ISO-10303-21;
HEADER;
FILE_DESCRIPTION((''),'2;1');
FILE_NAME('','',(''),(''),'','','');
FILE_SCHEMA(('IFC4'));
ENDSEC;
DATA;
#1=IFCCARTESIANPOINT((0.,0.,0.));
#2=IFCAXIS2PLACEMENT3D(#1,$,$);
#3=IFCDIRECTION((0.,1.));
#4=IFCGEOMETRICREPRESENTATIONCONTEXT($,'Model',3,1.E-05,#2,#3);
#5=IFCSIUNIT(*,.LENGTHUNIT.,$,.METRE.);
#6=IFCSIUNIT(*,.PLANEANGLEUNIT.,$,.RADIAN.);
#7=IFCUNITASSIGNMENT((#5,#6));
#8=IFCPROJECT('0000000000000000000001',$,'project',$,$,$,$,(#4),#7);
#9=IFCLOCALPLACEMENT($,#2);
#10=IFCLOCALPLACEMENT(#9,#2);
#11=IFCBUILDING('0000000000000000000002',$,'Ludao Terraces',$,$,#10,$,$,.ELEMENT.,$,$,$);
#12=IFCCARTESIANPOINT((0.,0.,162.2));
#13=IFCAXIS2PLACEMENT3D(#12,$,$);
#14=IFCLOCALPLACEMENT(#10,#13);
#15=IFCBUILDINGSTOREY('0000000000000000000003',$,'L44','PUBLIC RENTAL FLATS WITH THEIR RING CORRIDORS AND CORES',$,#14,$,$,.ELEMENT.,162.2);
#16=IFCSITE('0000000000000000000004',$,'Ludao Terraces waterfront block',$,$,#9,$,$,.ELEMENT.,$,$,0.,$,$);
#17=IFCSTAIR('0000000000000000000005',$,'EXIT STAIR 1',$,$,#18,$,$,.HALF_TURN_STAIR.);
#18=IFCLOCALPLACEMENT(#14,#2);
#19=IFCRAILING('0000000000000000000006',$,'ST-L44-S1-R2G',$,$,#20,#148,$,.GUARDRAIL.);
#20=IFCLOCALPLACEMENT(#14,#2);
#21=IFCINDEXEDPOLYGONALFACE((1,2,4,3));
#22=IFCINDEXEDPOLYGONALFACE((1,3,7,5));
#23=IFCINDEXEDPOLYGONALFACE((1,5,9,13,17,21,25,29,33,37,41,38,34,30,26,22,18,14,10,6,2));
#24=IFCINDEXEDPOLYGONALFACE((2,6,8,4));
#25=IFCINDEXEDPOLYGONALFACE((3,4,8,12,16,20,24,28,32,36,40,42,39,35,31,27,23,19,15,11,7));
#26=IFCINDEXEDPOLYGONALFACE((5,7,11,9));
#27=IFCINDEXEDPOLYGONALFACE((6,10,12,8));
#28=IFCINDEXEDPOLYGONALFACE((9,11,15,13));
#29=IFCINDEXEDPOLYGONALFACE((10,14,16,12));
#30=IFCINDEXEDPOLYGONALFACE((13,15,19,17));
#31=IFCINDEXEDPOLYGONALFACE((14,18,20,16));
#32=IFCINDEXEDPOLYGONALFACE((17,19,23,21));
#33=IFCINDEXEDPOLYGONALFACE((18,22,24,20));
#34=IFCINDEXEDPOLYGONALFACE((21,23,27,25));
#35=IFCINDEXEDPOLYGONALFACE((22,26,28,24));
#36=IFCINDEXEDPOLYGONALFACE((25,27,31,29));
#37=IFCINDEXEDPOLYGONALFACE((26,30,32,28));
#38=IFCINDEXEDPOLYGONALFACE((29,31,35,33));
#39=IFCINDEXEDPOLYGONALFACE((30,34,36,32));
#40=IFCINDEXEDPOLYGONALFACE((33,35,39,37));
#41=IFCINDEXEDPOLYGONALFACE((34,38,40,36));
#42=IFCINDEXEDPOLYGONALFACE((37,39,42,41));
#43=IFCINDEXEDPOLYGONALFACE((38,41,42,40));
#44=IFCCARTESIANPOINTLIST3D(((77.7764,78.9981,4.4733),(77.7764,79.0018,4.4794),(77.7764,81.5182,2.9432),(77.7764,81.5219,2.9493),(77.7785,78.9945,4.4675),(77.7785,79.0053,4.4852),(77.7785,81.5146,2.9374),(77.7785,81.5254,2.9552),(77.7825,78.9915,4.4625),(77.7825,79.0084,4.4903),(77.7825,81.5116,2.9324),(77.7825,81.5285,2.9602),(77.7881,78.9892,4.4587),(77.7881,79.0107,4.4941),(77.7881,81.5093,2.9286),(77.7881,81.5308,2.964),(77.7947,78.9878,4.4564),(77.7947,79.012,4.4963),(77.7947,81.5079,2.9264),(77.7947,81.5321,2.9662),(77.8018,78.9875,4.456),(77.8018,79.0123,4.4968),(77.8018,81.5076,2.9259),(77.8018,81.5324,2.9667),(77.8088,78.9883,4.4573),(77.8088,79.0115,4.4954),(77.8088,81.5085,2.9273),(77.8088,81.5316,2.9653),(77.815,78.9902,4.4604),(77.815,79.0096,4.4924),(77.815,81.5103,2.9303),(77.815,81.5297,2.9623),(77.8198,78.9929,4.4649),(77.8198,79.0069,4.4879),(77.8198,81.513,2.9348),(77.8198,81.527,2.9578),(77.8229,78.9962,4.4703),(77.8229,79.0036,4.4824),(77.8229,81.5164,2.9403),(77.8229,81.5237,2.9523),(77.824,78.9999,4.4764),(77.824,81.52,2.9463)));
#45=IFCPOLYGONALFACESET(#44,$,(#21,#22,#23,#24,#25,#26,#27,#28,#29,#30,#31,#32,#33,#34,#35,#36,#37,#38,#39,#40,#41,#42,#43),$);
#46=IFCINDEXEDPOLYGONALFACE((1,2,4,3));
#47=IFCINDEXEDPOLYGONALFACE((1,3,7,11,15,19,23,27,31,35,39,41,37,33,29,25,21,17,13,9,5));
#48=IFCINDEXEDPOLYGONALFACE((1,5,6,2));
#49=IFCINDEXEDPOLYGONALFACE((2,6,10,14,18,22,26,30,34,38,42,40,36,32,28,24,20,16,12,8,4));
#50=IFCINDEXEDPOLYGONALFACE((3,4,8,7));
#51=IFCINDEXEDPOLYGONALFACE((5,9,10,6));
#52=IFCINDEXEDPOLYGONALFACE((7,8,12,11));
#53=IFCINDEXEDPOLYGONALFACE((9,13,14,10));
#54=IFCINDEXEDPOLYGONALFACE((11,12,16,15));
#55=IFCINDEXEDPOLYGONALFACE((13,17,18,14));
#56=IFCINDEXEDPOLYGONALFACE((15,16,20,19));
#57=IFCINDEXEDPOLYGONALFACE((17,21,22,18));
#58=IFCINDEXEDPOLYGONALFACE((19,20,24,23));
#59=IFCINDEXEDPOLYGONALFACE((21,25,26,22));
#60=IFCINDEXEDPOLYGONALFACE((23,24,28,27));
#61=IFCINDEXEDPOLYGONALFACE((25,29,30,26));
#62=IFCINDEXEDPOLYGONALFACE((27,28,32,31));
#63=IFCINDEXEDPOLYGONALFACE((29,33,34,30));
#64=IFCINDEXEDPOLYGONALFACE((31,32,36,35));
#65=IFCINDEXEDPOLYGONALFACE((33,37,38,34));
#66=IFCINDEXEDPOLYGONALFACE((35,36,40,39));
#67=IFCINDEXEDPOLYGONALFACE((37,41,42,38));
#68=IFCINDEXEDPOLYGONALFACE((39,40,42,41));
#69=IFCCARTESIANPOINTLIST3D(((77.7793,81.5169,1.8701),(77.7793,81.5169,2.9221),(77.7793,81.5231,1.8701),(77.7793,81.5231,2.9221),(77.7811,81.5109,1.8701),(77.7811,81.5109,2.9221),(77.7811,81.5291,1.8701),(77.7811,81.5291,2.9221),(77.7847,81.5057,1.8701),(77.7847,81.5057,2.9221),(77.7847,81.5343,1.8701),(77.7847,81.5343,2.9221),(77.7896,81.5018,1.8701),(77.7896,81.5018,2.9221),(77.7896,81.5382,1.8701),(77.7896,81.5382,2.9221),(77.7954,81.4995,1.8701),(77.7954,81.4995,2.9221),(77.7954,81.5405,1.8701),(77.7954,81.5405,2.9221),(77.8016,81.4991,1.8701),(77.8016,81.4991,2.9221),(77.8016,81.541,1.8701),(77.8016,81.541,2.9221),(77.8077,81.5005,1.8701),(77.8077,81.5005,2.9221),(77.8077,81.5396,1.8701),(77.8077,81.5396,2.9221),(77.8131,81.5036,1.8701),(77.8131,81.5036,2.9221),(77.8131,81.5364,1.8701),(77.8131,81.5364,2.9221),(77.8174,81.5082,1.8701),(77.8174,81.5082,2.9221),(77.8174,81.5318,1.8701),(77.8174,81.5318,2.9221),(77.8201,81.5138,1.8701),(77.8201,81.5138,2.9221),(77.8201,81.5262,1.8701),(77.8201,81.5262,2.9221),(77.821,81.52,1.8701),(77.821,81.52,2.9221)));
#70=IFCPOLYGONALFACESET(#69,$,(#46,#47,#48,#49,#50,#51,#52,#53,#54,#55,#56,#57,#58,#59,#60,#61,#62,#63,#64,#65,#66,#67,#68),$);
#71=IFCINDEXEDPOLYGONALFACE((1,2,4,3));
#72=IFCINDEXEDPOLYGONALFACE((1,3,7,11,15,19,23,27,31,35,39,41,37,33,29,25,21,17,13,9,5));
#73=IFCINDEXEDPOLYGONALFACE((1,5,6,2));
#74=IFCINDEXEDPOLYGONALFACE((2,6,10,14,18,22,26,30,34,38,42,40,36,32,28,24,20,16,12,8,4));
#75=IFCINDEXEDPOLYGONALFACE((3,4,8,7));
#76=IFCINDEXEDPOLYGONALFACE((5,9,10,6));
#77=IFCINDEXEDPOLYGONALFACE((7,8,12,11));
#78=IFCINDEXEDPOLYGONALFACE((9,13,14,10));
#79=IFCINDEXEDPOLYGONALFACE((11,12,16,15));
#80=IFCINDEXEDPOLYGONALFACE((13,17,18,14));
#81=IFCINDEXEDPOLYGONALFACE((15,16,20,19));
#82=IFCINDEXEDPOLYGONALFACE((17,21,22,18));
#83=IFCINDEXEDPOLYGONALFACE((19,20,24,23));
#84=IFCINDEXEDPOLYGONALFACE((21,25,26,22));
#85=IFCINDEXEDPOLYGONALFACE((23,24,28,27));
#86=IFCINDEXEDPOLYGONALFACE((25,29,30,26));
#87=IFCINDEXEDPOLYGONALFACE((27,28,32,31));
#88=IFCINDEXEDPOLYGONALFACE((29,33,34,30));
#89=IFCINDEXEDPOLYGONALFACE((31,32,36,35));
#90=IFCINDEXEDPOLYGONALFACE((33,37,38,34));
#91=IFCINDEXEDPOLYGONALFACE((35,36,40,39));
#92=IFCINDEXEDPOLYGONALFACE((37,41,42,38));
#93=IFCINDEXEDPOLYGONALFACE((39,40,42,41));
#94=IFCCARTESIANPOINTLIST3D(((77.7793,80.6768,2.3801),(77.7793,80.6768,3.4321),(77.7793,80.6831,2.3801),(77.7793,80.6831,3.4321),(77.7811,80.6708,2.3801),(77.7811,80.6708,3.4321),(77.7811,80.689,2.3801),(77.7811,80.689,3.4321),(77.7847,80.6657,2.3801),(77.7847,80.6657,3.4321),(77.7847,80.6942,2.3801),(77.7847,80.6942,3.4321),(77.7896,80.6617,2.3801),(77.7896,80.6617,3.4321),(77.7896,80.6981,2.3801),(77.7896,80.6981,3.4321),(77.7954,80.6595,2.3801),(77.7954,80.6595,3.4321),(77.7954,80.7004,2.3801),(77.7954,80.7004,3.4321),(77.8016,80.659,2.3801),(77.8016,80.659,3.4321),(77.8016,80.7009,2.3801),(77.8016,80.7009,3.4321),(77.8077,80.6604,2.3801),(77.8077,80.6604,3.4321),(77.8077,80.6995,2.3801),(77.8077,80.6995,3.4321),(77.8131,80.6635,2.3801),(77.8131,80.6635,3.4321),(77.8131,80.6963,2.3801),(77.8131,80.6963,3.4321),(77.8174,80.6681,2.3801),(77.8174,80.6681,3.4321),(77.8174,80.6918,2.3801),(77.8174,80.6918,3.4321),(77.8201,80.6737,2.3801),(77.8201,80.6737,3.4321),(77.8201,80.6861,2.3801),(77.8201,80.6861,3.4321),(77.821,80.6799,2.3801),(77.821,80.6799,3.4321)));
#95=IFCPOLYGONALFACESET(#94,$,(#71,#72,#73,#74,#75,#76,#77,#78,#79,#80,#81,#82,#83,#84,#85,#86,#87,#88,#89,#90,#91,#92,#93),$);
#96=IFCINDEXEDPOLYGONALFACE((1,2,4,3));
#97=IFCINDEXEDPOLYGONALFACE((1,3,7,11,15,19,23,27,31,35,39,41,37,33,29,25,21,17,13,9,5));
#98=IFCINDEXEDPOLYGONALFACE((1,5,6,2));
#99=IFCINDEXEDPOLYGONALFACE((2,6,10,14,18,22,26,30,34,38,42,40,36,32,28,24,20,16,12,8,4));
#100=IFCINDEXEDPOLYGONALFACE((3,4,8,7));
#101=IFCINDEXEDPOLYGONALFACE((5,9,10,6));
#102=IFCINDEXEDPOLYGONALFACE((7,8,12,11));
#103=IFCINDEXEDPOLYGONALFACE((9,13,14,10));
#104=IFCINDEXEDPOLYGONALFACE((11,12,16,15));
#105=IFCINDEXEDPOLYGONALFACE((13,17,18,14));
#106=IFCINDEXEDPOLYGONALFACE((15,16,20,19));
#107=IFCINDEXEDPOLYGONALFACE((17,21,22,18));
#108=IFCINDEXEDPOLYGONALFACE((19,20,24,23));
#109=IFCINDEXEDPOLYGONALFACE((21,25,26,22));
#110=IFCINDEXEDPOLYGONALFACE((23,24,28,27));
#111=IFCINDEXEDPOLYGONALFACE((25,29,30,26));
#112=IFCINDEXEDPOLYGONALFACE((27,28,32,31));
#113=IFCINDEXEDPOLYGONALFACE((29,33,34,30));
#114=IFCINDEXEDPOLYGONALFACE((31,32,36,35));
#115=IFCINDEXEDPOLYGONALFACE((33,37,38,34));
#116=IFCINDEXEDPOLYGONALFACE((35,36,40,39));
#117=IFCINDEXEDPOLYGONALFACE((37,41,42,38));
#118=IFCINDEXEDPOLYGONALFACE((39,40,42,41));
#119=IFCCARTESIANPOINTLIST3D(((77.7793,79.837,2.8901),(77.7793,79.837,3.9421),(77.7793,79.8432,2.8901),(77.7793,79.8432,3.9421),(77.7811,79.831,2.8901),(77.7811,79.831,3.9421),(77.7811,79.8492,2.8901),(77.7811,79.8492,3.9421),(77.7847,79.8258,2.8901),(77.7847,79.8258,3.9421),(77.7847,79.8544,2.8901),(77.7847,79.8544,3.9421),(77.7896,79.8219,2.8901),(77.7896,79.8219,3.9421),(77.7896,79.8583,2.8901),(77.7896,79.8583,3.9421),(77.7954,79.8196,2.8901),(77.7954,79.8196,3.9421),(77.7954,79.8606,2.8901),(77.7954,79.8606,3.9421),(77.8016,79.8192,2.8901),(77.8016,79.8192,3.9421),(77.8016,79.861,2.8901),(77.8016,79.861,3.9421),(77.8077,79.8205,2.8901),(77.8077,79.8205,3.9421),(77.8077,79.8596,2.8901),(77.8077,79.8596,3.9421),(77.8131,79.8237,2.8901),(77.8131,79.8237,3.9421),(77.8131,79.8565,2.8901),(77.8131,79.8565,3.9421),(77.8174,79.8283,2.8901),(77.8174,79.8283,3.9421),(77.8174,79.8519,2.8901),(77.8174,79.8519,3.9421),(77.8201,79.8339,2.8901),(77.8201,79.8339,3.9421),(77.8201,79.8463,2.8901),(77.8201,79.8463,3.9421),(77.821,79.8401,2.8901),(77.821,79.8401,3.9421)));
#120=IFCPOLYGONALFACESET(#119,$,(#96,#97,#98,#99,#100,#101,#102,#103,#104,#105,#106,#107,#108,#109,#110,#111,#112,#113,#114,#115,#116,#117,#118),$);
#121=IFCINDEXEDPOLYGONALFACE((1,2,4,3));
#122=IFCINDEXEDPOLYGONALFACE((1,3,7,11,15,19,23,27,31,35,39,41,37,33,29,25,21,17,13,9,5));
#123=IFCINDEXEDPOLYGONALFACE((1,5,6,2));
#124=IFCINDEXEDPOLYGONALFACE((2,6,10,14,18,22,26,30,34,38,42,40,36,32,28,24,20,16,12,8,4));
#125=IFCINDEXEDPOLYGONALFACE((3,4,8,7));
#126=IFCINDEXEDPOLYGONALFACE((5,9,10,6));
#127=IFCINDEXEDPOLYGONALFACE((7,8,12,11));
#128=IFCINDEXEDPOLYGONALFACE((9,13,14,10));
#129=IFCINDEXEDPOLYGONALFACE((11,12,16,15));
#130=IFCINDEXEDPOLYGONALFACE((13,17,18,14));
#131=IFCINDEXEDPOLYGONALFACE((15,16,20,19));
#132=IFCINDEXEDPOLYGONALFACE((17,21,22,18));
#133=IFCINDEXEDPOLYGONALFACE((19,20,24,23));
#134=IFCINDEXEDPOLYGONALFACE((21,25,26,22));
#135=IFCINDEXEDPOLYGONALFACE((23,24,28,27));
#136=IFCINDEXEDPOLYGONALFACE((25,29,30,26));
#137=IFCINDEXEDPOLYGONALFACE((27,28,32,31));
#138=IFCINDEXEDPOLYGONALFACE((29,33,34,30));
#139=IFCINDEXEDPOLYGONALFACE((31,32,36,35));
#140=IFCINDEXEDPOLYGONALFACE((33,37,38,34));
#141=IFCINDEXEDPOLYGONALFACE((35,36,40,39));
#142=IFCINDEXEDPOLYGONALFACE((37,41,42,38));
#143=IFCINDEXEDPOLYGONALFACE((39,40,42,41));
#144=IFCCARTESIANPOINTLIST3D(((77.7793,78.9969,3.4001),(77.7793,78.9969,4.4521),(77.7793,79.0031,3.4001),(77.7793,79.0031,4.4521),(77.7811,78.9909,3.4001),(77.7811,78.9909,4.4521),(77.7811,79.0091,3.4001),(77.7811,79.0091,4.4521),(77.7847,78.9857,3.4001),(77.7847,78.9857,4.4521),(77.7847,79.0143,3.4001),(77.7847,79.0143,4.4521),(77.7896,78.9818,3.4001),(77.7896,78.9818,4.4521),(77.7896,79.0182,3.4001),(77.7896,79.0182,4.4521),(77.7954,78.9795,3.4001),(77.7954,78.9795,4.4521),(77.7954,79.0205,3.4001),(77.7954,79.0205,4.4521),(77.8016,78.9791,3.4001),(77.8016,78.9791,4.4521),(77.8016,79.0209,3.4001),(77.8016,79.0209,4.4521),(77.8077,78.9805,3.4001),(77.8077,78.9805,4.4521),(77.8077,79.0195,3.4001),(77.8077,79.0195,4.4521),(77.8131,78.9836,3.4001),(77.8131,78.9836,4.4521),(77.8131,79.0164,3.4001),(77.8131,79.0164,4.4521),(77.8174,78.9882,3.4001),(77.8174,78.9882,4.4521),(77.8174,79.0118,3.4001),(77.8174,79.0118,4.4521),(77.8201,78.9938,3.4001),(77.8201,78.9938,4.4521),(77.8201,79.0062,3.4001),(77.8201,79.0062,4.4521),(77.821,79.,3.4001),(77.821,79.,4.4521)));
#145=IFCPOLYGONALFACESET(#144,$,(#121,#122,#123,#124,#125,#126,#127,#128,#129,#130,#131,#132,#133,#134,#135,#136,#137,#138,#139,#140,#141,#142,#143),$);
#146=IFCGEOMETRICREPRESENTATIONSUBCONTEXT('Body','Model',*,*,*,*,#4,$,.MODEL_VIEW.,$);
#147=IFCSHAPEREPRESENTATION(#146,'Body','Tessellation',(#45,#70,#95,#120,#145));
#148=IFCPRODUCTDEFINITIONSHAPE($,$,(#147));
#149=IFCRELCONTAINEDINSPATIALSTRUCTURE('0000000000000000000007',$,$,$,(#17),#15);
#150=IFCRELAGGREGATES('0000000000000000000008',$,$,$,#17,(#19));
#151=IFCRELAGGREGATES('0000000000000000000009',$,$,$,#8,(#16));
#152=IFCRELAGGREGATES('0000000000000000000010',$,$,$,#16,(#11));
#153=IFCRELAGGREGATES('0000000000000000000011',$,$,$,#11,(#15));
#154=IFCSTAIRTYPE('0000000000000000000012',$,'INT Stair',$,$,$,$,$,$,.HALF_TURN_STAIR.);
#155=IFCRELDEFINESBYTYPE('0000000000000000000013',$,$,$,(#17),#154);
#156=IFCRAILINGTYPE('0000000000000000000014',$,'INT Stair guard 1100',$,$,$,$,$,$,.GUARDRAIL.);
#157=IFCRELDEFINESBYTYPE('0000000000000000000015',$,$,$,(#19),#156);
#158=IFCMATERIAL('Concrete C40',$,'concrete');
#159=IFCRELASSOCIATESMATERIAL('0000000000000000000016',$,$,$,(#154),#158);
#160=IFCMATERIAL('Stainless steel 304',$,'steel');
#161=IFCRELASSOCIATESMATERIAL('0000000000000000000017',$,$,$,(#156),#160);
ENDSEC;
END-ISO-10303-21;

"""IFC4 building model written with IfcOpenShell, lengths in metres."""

from ifc_helpers import new_model, si_unit, direction, frame, origin, origin_2d, place, context, subcontext, project, spatial, circle, extrude, material, type_object, element, aggregate, save


model = new_model("IFC4")

# Units and contexts
model_context = context("Model", 3, precision=1e-05, world=origin(), true_north=direction((0.0, 1.0)))
body_context = subcontext(model_context, "Body", "Model", "MODEL_VIEW")
ifc_project = project(units=[si_unit("LENGTHUNIT", "METRE"), si_unit("PLANEANGLEUNIT", "RADIAN")], contexts=[model_context])

# Site, building, storey
site_placement = place(None, origin())
site = spatial("IfcSite", under=ifc_project, at=site_placement, Name="Ludao Terraces waterfront block", CompositionType="ELEMENT", RefElevation=0.0)
building_placement = place(site_placement, origin())
building = spatial("IfcBuilding", under=site, at=building_placement, Name="Ludao Terraces", CompositionType="ELEMENT")
storey_placement = place(building_placement, frame((0.0, 0.0, 162.2)))
storey = spatial("IfcBuildingStorey", under=building, at=storey_placement, Name="L44", Description="PUBLIC RENTAL FLATS WITH THEIR RING CORRIDORS AND CORES", CompositionType="ELEMENT", Elevation=162.2)

# Shared definitions
ifc_material_1 = material(Name="Stainless steel 304", Category="steel")

# Stair, railing
ifc_material_2 = material(Name="Concrete C40", Category="concrete")
stair_type = type_object("IfcStairType", Name="INT Stair", PredefinedType="HALF_TURN_STAIR", material=ifc_material_2)
stair_placement = place(storey_placement, origin())
stair = element("IfcStair", 1, at=stair_placement, inside=storey, type_object=stair_type, Name="EXIT STAIR 1", PredefinedType="HALF_TURN_STAIR")
railing_type_1 = type_object("IfcRailingType", Name="INT Stair guard 1100", PredefinedType="GUARDRAIL", material=ifc_material_1)
railing_1_placement = place(storey_placement, frame((77.8, 81.52, 1.8701)))
railing_1 = element("IfcRailing", 2, at=railing_1_placement, type_object=railing_type_1, Name="ST-L44-S1-R2G", PredefinedType="GUARDRAIL", context=body_context, shape_type="SweptSolid", body=[
    extrude(circle(Radius=0.0239, at=origin_2d()), frame((0.0, 0.0, 1.0762), z_axis=(0.0, -0.854785, 0.518982), x_axis=(1.0, 0.0, 0.0)), (0.0, 0.0, 1.0), 2.9482),
    extrude(circle(Radius=0.021, at=origin_2d()), origin(), (0.0, 0.0, 1.0), 1.052),
    extrude(circle(Radius=0.021, at=origin_2d()), frame((0.0, -0.8401, 0.51)), (0.0, 0.0, 1.0), 1.052),
    extrude(circle(Radius=0.021, at=origin_2d()), frame((0.0, -1.6799, 1.02)), (0.0, 0.0, 1.0), 1.052),
    extrude(circle(Radius=0.021, at=origin_2d()), frame((0.0, -2.52, 1.53)), (0.0, 0.0, 1.0), 1.052),
])
aggregate(stair, [railing_1])

save(model, "model.ifc")
